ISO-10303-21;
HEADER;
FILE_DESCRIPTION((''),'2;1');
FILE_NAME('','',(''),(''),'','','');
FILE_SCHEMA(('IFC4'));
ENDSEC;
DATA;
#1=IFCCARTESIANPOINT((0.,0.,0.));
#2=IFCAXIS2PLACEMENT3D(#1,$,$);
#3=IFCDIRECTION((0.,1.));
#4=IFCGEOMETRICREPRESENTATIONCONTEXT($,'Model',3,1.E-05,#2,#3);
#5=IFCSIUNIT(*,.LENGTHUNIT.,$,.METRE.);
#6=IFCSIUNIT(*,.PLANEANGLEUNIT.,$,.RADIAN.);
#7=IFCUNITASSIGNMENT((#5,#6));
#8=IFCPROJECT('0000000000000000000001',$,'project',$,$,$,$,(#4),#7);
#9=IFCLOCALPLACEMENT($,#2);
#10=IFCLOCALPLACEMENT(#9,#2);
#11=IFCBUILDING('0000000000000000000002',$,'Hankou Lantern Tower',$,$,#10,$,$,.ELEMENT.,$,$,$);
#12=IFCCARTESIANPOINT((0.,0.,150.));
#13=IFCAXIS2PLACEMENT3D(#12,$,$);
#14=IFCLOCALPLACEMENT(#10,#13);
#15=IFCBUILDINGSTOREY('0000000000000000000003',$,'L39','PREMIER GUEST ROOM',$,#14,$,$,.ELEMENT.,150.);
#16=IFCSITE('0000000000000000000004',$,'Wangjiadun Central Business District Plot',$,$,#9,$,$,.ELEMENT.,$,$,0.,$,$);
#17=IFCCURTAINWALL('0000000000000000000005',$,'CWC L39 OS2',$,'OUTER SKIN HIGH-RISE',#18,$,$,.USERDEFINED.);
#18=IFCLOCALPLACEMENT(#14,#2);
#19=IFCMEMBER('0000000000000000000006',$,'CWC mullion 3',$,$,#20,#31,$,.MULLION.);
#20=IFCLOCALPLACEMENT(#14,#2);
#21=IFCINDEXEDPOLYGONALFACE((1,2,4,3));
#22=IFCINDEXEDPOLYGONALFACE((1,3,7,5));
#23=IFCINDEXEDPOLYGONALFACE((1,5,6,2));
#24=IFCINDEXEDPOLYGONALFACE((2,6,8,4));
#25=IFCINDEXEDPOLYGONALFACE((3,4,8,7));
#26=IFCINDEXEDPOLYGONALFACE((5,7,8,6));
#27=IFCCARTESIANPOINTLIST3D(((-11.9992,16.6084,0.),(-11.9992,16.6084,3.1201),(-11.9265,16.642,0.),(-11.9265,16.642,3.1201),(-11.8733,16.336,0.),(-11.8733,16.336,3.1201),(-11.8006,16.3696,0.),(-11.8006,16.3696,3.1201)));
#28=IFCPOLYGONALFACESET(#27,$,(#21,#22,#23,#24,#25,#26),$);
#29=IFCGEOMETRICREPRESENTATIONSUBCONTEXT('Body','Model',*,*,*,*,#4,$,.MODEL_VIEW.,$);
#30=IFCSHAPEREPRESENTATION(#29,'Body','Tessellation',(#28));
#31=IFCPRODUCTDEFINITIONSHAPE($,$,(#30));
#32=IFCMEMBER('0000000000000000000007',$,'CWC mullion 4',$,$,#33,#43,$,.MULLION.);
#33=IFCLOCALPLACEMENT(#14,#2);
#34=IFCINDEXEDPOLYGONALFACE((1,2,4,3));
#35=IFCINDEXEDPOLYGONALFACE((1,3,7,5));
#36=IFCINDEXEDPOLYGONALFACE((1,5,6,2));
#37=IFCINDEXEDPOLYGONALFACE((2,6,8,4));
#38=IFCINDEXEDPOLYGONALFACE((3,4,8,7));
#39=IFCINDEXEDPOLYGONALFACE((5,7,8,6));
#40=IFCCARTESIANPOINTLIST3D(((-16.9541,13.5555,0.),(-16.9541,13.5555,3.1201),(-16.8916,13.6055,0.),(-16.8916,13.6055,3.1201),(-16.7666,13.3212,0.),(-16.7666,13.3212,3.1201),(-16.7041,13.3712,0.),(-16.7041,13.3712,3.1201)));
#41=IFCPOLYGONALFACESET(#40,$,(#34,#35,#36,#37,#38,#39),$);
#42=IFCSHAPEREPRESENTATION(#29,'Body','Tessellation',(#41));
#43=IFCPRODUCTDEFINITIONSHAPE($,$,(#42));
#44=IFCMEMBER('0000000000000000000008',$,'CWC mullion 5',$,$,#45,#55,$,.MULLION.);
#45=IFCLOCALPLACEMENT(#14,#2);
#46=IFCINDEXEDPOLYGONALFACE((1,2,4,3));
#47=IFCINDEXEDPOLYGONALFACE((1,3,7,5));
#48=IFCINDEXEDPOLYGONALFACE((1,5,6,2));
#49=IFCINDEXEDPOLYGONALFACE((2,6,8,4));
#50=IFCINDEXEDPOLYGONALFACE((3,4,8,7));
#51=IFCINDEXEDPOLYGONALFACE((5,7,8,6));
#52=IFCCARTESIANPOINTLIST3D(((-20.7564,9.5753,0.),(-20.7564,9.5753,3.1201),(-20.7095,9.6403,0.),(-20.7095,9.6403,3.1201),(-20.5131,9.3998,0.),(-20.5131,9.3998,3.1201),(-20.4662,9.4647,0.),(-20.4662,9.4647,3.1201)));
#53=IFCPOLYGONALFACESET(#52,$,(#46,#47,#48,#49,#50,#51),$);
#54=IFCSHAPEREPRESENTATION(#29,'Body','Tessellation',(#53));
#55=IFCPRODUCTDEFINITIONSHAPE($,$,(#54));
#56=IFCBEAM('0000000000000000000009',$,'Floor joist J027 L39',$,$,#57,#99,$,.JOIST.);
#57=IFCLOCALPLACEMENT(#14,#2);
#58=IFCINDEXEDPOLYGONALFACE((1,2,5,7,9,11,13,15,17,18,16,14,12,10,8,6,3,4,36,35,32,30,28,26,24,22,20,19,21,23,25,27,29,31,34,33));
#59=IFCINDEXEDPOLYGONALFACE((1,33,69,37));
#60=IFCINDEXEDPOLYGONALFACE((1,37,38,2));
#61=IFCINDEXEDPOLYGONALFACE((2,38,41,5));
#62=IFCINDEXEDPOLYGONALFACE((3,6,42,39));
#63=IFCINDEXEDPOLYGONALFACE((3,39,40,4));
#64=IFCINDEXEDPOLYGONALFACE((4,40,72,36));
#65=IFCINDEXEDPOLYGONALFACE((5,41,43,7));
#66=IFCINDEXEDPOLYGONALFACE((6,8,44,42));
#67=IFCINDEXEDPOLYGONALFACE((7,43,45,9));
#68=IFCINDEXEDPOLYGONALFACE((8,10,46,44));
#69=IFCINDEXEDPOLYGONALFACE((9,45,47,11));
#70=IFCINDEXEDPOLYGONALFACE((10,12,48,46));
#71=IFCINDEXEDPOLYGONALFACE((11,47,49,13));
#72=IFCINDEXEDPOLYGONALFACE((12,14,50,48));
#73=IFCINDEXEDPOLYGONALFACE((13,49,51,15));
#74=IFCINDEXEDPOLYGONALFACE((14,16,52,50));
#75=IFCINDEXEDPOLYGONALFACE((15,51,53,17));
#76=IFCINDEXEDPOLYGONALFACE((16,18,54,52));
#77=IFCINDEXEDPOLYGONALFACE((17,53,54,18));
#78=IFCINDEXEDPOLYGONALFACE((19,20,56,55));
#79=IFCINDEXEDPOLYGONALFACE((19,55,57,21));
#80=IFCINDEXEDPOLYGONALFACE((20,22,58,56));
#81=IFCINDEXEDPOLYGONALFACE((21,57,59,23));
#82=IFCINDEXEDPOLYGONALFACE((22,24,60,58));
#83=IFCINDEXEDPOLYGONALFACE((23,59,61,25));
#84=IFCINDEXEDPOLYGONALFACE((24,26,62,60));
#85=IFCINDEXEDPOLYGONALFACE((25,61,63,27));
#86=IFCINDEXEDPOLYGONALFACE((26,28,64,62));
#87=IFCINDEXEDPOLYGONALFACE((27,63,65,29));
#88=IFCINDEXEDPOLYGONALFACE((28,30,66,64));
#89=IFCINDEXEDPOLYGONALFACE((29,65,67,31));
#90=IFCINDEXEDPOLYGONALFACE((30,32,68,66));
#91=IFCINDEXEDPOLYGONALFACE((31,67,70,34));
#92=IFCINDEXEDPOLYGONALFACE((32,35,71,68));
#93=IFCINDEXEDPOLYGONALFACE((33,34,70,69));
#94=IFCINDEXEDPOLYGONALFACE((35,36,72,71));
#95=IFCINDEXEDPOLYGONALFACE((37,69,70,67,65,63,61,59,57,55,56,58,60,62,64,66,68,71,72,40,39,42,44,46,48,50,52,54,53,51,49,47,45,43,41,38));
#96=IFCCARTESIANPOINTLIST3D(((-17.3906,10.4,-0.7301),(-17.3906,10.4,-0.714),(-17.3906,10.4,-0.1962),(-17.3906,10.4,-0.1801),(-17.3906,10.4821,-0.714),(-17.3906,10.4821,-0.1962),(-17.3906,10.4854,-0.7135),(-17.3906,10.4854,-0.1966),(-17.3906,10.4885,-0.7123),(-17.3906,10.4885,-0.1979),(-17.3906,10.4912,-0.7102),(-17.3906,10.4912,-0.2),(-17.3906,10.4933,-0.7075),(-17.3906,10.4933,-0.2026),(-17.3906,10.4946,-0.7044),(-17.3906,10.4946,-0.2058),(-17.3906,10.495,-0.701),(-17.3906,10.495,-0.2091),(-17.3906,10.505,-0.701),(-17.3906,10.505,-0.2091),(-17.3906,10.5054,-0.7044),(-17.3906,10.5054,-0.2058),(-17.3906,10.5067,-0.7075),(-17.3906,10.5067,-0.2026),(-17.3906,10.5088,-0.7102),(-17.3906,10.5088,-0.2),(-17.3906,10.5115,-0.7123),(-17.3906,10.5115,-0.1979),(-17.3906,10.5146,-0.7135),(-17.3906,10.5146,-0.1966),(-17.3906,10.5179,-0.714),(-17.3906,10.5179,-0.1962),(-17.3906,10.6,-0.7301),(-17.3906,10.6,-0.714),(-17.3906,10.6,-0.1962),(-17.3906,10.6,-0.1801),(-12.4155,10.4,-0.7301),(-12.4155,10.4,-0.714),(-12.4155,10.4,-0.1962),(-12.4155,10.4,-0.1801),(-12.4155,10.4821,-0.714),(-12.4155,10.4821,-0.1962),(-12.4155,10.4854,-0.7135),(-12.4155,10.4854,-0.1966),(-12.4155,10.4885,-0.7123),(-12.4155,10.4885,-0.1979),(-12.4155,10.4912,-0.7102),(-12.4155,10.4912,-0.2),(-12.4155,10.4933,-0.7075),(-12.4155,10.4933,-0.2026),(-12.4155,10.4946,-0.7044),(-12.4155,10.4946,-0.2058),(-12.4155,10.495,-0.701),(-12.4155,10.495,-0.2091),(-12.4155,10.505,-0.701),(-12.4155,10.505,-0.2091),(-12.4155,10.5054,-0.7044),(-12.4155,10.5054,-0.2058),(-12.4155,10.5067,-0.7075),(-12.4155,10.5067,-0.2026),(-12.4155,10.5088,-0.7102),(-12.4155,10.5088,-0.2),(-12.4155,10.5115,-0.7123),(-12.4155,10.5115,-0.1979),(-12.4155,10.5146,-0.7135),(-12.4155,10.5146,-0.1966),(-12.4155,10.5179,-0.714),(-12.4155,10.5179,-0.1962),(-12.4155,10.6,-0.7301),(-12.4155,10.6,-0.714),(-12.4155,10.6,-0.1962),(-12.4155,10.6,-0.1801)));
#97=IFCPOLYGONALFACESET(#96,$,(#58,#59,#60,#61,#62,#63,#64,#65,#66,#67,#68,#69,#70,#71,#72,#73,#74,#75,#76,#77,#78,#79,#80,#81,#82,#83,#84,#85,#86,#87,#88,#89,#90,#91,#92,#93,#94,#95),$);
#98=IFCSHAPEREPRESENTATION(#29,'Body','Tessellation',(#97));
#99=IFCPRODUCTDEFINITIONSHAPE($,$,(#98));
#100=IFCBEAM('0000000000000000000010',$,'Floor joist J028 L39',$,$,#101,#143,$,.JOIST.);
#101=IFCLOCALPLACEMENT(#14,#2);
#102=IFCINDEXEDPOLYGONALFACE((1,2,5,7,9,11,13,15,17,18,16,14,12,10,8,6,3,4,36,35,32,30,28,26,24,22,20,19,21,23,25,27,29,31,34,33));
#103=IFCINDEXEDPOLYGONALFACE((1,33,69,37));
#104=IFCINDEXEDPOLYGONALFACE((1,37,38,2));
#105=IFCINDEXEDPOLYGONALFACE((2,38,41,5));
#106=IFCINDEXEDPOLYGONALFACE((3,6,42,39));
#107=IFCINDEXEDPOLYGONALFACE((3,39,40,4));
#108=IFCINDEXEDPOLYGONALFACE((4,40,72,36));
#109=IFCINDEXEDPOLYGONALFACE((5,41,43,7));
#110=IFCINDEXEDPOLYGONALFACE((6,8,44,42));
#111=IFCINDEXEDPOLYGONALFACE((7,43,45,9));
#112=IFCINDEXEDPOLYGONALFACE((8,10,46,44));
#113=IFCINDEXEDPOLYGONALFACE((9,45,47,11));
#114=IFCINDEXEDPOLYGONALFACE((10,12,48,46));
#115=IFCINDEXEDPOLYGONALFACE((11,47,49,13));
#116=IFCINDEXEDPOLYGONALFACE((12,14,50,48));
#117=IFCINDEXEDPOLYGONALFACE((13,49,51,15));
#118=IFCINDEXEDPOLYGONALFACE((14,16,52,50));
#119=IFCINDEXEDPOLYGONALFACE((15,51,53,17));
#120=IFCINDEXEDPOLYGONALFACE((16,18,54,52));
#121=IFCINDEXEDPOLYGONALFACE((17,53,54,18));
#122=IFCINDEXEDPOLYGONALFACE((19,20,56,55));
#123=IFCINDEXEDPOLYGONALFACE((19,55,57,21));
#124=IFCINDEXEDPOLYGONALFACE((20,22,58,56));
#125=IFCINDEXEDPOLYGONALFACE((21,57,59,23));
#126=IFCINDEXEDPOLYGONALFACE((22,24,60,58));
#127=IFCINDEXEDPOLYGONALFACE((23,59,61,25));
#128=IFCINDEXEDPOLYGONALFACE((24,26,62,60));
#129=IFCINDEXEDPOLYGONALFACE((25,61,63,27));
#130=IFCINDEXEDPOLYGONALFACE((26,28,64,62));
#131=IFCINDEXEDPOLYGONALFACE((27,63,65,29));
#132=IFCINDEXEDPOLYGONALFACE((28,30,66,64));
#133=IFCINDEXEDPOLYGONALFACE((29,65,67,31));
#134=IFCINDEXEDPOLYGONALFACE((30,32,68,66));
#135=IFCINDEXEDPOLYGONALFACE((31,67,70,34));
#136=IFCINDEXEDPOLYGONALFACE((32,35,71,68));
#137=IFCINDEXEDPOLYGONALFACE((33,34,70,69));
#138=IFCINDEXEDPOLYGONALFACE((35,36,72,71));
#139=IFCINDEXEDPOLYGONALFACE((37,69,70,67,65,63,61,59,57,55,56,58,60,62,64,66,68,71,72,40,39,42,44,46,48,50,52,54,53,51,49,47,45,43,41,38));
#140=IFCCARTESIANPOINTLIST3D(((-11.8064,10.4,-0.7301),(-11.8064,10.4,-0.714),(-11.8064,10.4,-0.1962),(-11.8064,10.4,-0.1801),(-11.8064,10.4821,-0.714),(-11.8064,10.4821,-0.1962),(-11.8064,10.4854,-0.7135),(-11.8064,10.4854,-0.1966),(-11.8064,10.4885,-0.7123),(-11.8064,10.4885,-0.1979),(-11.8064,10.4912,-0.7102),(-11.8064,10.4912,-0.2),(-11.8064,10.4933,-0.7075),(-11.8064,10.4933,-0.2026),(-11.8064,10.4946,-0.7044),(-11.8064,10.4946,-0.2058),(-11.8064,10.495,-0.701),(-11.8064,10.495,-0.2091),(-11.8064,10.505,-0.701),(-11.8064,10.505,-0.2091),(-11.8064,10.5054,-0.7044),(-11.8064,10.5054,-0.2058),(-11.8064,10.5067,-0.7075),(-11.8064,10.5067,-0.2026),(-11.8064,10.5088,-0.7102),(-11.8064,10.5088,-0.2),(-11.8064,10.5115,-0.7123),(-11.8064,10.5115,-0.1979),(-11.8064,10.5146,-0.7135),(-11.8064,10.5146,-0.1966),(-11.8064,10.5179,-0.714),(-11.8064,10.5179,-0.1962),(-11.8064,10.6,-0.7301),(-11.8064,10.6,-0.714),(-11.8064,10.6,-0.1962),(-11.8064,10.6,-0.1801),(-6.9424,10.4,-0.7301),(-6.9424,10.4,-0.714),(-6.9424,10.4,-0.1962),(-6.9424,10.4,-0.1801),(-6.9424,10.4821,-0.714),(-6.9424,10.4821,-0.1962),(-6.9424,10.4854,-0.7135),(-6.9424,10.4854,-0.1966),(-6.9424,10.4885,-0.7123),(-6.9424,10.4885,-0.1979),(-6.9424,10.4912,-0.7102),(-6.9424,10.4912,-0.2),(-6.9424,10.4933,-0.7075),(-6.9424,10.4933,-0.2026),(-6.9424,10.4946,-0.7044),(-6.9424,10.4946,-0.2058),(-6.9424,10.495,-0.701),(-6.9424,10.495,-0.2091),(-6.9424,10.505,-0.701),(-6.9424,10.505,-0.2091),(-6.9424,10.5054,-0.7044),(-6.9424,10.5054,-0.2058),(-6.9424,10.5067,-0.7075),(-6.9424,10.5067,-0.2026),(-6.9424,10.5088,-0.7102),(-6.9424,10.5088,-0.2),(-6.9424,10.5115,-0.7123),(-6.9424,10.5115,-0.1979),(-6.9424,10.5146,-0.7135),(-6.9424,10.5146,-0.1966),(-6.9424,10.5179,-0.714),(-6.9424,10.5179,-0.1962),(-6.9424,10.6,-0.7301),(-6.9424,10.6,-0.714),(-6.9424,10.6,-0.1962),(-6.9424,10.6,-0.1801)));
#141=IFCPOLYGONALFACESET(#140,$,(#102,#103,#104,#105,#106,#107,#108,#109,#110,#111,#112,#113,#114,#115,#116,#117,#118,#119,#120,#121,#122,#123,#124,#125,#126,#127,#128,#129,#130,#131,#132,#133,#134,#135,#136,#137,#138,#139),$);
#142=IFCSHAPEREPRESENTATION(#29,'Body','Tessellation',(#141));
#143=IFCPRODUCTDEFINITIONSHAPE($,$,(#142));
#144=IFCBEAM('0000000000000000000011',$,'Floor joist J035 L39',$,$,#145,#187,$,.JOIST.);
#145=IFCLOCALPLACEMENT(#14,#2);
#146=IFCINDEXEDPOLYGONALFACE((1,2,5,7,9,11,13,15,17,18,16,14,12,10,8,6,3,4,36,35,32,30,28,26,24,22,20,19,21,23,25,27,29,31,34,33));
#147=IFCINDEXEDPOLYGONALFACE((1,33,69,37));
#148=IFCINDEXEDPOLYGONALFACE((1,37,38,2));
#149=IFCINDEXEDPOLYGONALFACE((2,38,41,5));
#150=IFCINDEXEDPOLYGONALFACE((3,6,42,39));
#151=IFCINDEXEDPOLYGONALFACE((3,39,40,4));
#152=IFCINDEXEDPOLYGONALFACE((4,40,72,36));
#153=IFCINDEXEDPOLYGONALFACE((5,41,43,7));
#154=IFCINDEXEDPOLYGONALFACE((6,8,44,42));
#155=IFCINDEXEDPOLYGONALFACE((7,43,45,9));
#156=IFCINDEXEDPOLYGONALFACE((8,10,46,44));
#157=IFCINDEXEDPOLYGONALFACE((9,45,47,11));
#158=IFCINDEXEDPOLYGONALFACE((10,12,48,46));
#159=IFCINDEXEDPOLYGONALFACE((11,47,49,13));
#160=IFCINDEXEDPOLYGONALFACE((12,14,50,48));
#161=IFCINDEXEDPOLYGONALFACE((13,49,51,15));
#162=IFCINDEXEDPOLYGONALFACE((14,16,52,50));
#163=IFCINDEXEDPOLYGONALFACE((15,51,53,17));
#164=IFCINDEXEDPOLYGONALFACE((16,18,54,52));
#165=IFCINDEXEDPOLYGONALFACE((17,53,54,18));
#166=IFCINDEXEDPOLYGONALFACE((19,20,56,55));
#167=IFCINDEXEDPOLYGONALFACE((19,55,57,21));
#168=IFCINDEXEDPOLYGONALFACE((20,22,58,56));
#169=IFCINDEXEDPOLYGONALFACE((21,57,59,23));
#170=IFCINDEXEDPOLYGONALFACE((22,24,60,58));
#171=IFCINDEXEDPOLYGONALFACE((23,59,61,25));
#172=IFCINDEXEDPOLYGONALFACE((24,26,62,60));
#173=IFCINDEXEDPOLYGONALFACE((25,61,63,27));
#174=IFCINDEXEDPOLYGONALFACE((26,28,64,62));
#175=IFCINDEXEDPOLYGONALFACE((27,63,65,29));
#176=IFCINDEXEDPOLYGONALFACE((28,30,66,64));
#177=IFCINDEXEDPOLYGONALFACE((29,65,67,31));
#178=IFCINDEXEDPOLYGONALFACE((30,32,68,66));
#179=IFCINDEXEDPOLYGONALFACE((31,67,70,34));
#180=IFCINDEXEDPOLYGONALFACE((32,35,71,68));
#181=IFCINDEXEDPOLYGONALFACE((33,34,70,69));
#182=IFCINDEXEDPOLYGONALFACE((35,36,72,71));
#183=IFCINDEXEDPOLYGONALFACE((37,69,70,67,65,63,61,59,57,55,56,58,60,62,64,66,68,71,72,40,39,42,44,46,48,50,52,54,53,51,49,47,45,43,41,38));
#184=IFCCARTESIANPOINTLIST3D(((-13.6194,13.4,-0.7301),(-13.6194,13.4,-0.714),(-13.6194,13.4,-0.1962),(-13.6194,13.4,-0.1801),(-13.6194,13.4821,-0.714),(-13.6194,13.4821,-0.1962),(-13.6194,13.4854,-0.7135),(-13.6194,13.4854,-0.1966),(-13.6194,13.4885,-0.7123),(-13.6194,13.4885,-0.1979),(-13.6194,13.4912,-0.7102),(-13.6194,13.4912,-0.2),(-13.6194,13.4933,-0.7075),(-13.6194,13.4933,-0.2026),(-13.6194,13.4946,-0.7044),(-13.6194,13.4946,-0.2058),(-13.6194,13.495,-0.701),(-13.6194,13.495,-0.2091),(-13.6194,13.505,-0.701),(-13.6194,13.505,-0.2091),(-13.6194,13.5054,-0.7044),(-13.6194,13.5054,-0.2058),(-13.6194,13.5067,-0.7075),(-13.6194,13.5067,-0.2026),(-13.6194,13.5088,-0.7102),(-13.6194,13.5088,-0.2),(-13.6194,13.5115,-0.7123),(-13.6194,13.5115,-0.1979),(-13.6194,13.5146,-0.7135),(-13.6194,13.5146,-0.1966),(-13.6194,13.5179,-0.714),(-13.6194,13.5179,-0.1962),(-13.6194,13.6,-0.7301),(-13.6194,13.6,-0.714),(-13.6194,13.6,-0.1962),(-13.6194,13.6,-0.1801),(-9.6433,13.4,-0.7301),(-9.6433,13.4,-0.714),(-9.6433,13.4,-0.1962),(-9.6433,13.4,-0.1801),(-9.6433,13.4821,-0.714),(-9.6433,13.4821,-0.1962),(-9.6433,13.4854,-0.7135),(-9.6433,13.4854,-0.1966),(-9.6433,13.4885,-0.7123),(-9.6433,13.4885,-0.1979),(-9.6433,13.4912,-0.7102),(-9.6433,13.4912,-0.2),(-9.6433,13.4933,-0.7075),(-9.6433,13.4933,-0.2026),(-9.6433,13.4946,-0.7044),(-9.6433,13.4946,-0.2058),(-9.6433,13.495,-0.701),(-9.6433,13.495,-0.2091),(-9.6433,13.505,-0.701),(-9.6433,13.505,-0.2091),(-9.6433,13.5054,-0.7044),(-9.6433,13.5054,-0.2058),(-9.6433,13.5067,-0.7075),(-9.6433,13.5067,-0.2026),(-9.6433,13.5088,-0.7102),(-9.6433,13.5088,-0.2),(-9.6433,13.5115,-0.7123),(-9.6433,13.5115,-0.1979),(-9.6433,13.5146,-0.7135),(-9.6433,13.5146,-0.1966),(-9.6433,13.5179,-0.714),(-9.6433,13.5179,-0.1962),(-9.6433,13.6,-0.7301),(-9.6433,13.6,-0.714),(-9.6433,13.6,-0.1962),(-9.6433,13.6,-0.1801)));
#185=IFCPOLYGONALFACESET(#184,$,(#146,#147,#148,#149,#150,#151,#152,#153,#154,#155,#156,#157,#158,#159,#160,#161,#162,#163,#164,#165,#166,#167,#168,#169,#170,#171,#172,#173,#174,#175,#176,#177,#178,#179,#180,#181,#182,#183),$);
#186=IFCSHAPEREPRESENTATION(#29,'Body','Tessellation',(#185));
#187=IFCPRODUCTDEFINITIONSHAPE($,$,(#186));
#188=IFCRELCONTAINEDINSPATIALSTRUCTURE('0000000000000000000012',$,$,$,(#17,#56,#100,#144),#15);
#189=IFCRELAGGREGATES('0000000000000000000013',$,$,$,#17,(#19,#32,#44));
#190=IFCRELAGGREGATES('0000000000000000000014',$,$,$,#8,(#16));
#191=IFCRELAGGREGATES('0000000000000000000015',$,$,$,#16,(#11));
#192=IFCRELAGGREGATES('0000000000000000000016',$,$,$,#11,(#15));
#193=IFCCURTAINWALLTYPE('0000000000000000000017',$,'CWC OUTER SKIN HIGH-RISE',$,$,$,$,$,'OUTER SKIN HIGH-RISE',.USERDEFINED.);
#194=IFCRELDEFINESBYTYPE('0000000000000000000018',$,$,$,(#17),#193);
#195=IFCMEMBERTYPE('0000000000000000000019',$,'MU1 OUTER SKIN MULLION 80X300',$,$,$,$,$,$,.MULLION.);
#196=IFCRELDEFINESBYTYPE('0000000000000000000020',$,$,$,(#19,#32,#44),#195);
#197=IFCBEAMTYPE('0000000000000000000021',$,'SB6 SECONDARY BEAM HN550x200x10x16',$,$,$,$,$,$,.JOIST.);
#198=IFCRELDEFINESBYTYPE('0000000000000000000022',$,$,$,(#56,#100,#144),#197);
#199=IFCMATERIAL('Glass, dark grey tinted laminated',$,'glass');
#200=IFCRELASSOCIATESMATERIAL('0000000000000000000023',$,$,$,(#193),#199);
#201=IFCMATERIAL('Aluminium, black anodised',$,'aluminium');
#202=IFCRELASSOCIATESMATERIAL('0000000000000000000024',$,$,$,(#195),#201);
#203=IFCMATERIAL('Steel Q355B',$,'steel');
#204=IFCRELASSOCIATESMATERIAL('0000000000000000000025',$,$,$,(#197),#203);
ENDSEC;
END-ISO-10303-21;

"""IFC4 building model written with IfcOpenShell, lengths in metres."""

from ifc_helpers import new_model, si_unit, direction, frame, origin, origin_2d, place, context, subcontext, project, spatial, rectangle, i_section, extrude, material, material_profile, profile_set, type_object, element, aggregate, save


model = new_model("IFC4")

# Units and contexts
model_context = context("Model", 3, precision=1e-05, world=origin(), true_north=direction((0.0, 1.0)))
body_context = subcontext(model_context, "Body", "Model", "MODEL_VIEW")
ifc_project = project(units=[si_unit("LENGTHUNIT", "METRE"), si_unit("PLANEANGLEUNIT", "RADIAN")], contexts=[model_context])

# Site, building, storey
site_placement = place(None, origin())
site = spatial("IfcSite", under=ifc_project, at=site_placement, Name="Wangjiadun Central Business District Plot", CompositionType="ELEMENT", RefElevation=0.0)
building_placement = place(site_placement, origin())
building = spatial("IfcBuilding", under=site, at=building_placement, Name="Hankou Lantern Tower", CompositionType="ELEMENT")
storey_placement = place(building_placement, frame((0.0, 0.0, 150.0)))
storey = spatial("IfcBuildingStorey", under=building, at=storey_placement, Name="L39", Description="PREMIER GUEST ROOM", CompositionType="ELEMENT", Elevation=150.0)

# Curtain wall, members
ifc_material_1 = material(Name="Glass, dark grey tinted laminated", Category="glass")
curtain_wall_type = type_object("IfcCurtainWallType", Name="CWC OUTER SKIN HIGH-RISE", ElementType="OUTER SKIN HIGH-RISE", PredefinedType="USERDEFINED", material=ifc_material_1)
curtain_wall_placement = place(storey_placement, origin())
curtain_wall = element("IfcCurtainWall", 1, at=curtain_wall_placement, inside=storey, type_object=curtain_wall_type, Name="CWC L39 OS2", ObjectType="OUTER SKIN HIGH-RISE", PredefinedType="USERDEFINED")
ifc_material_2 = material(Name="Aluminium, black anodised", Category="aluminium")
ifc_material_profile_1 = material_profile(ifc_material_2, rectangle(XDim=0.0801, YDim=0.3, at=origin_2d()), Name="MU1 80X300")
ifc_profile_set_1 = profile_set([ifc_material_profile_1], Name="Aluminium, black anodised")
member_type_1 = type_object("IfcMemberType", Name="MU1 OUTER SKIN MULLION 80X300", PredefinedType="MULLION", material=ifc_profile_set_1)
member_1_placement = place(storey_placement, frame((-11.8999, 16.489, 0.0), z_axis=(0.0, 0.0, 1.0), x_axis=(-0.907841, -0.419314, 0.0)))
member_1 = element("IfcMember", 2, at=member_1_placement, type_object=member_type_1, Name="CWC mullion 3", PredefinedType="MULLION", context=body_context, shape_type="SweptSolid", body=[
    extrude(rectangle(XDim=0.0801, YDim=0.3, at=origin_2d()), origin(), (0.0, 0.0, 1.0), 3.1201),
])
member_2_placement = place(storey_placement, frame((-16.8291, 13.4634, 0.0), z_axis=(0.0, 0.0, 1.0), x_axis=(-0.780869, -0.624695, 0.0)))
member_2 = element("IfcMember", 3, at=member_2_placement, type_object=member_type_1, Name="CWC mullion 4", PredefinedType="MULLION", context=body_context, shape_type="SweptSolid", body=[
    extrude(rectangle(XDim=0.0801, YDim=0.3, at=origin_2d()), origin(), (0.0, 0.0, 1.0), 3.1201),
])
member_3_placement = place(storey_placement, frame((-20.6113, 9.52, 0.0), z_axis=(0.0, 0.0, 1.0), x_axis=(-0.585206, -0.810885, 0.0)))
member_3 = element("IfcMember", 4, at=member_3_placement, type_object=member_type_1, Name="CWC mullion 5", PredefinedType="MULLION", context=body_context, shape_type="SweptSolid", body=[
    extrude(rectangle(XDim=0.0801, YDim=0.3, at=origin_2d()), origin(), (0.0, 0.0, 1.0), 3.1201),
])

# Beams
ifc_material_3 = material(Name="Steel Q355B", Category="steel")
ifc_material_profile_2 = material_profile(ifc_material_3, i_section(OverallWidth=0.2, OverallDepth=0.55, WebThickness=0.01, FlangeThickness=0.0161, FilletRadius=0.0129, at=origin_2d()), Name="HN550x200x10x16")
ifc_profile_set_2 = profile_set([ifc_material_profile_2], Name="Steel Q355B")
beam_type_1 = type_object("IfcBeamType", Name="SB6 SECONDARY BEAM HN550x200x10x16", PredefinedType="JOIST", material=ifc_profile_set_2)
beam_1_placement = place(storey_placement, frame((-17.3906, 10.5, -0.4551), z_axis=(1.0, 0.0, 0.0), x_axis=(0.0, 1.0, 0.0)))
element("IfcBeam", 5, at=beam_1_placement, inside=storey, type_object=beam_type_1, Name="Floor joist J027 L39", PredefinedType="JOIST", context=body_context, shape_type="SweptSolid", body=[
    extrude(i_section(OverallWidth=0.2, OverallDepth=0.55, WebThickness=0.01, FlangeThickness=0.0161, FilletRadius=0.0129, at=origin_2d()), origin(), (0.0, 0.0, 1.0), 4.9751),
])
beam_2_placement = place(storey_placement, frame((-11.8064, 10.5, -0.4551), z_axis=(1.0, 0.0, 0.0), x_axis=(0.0, 1.0, 0.0)))
element("IfcBeam", 6, at=beam_2_placement, inside=storey, type_object=beam_type_1, Name="Floor joist J028 L39", PredefinedType="JOIST", context=body_context, shape_type="SweptSolid", body=[
    extrude(i_section(OverallWidth=0.2, OverallDepth=0.55, WebThickness=0.01, FlangeThickness=0.0161, FilletRadius=0.0129, at=origin_2d()), origin(), (0.0, 0.0, 1.0), 4.864),
])
beam_3_placement = place(storey_placement, frame((-13.6194, 13.5, -0.4551), z_axis=(1.0, 0.0, 0.0), x_axis=(0.0, 1.0, 0.0)))
element("IfcBeam", 7, at=beam_3_placement, inside=storey, type_object=beam_type_1, Name="Floor joist J035 L39", PredefinedType="JOIST", context=body_context, shape_type="SweptSolid", body=[
    extrude(i_section(OverallWidth=0.2, OverallDepth=0.55, WebThickness=0.01, FlangeThickness=0.0161, FilletRadius=0.0129, at=origin_2d()), origin(), (0.0, 0.0, 1.0), 3.9761),
])

aggregate(curtain_wall, [member_1, member_2, member_3])

save(model, "model.ifc")
